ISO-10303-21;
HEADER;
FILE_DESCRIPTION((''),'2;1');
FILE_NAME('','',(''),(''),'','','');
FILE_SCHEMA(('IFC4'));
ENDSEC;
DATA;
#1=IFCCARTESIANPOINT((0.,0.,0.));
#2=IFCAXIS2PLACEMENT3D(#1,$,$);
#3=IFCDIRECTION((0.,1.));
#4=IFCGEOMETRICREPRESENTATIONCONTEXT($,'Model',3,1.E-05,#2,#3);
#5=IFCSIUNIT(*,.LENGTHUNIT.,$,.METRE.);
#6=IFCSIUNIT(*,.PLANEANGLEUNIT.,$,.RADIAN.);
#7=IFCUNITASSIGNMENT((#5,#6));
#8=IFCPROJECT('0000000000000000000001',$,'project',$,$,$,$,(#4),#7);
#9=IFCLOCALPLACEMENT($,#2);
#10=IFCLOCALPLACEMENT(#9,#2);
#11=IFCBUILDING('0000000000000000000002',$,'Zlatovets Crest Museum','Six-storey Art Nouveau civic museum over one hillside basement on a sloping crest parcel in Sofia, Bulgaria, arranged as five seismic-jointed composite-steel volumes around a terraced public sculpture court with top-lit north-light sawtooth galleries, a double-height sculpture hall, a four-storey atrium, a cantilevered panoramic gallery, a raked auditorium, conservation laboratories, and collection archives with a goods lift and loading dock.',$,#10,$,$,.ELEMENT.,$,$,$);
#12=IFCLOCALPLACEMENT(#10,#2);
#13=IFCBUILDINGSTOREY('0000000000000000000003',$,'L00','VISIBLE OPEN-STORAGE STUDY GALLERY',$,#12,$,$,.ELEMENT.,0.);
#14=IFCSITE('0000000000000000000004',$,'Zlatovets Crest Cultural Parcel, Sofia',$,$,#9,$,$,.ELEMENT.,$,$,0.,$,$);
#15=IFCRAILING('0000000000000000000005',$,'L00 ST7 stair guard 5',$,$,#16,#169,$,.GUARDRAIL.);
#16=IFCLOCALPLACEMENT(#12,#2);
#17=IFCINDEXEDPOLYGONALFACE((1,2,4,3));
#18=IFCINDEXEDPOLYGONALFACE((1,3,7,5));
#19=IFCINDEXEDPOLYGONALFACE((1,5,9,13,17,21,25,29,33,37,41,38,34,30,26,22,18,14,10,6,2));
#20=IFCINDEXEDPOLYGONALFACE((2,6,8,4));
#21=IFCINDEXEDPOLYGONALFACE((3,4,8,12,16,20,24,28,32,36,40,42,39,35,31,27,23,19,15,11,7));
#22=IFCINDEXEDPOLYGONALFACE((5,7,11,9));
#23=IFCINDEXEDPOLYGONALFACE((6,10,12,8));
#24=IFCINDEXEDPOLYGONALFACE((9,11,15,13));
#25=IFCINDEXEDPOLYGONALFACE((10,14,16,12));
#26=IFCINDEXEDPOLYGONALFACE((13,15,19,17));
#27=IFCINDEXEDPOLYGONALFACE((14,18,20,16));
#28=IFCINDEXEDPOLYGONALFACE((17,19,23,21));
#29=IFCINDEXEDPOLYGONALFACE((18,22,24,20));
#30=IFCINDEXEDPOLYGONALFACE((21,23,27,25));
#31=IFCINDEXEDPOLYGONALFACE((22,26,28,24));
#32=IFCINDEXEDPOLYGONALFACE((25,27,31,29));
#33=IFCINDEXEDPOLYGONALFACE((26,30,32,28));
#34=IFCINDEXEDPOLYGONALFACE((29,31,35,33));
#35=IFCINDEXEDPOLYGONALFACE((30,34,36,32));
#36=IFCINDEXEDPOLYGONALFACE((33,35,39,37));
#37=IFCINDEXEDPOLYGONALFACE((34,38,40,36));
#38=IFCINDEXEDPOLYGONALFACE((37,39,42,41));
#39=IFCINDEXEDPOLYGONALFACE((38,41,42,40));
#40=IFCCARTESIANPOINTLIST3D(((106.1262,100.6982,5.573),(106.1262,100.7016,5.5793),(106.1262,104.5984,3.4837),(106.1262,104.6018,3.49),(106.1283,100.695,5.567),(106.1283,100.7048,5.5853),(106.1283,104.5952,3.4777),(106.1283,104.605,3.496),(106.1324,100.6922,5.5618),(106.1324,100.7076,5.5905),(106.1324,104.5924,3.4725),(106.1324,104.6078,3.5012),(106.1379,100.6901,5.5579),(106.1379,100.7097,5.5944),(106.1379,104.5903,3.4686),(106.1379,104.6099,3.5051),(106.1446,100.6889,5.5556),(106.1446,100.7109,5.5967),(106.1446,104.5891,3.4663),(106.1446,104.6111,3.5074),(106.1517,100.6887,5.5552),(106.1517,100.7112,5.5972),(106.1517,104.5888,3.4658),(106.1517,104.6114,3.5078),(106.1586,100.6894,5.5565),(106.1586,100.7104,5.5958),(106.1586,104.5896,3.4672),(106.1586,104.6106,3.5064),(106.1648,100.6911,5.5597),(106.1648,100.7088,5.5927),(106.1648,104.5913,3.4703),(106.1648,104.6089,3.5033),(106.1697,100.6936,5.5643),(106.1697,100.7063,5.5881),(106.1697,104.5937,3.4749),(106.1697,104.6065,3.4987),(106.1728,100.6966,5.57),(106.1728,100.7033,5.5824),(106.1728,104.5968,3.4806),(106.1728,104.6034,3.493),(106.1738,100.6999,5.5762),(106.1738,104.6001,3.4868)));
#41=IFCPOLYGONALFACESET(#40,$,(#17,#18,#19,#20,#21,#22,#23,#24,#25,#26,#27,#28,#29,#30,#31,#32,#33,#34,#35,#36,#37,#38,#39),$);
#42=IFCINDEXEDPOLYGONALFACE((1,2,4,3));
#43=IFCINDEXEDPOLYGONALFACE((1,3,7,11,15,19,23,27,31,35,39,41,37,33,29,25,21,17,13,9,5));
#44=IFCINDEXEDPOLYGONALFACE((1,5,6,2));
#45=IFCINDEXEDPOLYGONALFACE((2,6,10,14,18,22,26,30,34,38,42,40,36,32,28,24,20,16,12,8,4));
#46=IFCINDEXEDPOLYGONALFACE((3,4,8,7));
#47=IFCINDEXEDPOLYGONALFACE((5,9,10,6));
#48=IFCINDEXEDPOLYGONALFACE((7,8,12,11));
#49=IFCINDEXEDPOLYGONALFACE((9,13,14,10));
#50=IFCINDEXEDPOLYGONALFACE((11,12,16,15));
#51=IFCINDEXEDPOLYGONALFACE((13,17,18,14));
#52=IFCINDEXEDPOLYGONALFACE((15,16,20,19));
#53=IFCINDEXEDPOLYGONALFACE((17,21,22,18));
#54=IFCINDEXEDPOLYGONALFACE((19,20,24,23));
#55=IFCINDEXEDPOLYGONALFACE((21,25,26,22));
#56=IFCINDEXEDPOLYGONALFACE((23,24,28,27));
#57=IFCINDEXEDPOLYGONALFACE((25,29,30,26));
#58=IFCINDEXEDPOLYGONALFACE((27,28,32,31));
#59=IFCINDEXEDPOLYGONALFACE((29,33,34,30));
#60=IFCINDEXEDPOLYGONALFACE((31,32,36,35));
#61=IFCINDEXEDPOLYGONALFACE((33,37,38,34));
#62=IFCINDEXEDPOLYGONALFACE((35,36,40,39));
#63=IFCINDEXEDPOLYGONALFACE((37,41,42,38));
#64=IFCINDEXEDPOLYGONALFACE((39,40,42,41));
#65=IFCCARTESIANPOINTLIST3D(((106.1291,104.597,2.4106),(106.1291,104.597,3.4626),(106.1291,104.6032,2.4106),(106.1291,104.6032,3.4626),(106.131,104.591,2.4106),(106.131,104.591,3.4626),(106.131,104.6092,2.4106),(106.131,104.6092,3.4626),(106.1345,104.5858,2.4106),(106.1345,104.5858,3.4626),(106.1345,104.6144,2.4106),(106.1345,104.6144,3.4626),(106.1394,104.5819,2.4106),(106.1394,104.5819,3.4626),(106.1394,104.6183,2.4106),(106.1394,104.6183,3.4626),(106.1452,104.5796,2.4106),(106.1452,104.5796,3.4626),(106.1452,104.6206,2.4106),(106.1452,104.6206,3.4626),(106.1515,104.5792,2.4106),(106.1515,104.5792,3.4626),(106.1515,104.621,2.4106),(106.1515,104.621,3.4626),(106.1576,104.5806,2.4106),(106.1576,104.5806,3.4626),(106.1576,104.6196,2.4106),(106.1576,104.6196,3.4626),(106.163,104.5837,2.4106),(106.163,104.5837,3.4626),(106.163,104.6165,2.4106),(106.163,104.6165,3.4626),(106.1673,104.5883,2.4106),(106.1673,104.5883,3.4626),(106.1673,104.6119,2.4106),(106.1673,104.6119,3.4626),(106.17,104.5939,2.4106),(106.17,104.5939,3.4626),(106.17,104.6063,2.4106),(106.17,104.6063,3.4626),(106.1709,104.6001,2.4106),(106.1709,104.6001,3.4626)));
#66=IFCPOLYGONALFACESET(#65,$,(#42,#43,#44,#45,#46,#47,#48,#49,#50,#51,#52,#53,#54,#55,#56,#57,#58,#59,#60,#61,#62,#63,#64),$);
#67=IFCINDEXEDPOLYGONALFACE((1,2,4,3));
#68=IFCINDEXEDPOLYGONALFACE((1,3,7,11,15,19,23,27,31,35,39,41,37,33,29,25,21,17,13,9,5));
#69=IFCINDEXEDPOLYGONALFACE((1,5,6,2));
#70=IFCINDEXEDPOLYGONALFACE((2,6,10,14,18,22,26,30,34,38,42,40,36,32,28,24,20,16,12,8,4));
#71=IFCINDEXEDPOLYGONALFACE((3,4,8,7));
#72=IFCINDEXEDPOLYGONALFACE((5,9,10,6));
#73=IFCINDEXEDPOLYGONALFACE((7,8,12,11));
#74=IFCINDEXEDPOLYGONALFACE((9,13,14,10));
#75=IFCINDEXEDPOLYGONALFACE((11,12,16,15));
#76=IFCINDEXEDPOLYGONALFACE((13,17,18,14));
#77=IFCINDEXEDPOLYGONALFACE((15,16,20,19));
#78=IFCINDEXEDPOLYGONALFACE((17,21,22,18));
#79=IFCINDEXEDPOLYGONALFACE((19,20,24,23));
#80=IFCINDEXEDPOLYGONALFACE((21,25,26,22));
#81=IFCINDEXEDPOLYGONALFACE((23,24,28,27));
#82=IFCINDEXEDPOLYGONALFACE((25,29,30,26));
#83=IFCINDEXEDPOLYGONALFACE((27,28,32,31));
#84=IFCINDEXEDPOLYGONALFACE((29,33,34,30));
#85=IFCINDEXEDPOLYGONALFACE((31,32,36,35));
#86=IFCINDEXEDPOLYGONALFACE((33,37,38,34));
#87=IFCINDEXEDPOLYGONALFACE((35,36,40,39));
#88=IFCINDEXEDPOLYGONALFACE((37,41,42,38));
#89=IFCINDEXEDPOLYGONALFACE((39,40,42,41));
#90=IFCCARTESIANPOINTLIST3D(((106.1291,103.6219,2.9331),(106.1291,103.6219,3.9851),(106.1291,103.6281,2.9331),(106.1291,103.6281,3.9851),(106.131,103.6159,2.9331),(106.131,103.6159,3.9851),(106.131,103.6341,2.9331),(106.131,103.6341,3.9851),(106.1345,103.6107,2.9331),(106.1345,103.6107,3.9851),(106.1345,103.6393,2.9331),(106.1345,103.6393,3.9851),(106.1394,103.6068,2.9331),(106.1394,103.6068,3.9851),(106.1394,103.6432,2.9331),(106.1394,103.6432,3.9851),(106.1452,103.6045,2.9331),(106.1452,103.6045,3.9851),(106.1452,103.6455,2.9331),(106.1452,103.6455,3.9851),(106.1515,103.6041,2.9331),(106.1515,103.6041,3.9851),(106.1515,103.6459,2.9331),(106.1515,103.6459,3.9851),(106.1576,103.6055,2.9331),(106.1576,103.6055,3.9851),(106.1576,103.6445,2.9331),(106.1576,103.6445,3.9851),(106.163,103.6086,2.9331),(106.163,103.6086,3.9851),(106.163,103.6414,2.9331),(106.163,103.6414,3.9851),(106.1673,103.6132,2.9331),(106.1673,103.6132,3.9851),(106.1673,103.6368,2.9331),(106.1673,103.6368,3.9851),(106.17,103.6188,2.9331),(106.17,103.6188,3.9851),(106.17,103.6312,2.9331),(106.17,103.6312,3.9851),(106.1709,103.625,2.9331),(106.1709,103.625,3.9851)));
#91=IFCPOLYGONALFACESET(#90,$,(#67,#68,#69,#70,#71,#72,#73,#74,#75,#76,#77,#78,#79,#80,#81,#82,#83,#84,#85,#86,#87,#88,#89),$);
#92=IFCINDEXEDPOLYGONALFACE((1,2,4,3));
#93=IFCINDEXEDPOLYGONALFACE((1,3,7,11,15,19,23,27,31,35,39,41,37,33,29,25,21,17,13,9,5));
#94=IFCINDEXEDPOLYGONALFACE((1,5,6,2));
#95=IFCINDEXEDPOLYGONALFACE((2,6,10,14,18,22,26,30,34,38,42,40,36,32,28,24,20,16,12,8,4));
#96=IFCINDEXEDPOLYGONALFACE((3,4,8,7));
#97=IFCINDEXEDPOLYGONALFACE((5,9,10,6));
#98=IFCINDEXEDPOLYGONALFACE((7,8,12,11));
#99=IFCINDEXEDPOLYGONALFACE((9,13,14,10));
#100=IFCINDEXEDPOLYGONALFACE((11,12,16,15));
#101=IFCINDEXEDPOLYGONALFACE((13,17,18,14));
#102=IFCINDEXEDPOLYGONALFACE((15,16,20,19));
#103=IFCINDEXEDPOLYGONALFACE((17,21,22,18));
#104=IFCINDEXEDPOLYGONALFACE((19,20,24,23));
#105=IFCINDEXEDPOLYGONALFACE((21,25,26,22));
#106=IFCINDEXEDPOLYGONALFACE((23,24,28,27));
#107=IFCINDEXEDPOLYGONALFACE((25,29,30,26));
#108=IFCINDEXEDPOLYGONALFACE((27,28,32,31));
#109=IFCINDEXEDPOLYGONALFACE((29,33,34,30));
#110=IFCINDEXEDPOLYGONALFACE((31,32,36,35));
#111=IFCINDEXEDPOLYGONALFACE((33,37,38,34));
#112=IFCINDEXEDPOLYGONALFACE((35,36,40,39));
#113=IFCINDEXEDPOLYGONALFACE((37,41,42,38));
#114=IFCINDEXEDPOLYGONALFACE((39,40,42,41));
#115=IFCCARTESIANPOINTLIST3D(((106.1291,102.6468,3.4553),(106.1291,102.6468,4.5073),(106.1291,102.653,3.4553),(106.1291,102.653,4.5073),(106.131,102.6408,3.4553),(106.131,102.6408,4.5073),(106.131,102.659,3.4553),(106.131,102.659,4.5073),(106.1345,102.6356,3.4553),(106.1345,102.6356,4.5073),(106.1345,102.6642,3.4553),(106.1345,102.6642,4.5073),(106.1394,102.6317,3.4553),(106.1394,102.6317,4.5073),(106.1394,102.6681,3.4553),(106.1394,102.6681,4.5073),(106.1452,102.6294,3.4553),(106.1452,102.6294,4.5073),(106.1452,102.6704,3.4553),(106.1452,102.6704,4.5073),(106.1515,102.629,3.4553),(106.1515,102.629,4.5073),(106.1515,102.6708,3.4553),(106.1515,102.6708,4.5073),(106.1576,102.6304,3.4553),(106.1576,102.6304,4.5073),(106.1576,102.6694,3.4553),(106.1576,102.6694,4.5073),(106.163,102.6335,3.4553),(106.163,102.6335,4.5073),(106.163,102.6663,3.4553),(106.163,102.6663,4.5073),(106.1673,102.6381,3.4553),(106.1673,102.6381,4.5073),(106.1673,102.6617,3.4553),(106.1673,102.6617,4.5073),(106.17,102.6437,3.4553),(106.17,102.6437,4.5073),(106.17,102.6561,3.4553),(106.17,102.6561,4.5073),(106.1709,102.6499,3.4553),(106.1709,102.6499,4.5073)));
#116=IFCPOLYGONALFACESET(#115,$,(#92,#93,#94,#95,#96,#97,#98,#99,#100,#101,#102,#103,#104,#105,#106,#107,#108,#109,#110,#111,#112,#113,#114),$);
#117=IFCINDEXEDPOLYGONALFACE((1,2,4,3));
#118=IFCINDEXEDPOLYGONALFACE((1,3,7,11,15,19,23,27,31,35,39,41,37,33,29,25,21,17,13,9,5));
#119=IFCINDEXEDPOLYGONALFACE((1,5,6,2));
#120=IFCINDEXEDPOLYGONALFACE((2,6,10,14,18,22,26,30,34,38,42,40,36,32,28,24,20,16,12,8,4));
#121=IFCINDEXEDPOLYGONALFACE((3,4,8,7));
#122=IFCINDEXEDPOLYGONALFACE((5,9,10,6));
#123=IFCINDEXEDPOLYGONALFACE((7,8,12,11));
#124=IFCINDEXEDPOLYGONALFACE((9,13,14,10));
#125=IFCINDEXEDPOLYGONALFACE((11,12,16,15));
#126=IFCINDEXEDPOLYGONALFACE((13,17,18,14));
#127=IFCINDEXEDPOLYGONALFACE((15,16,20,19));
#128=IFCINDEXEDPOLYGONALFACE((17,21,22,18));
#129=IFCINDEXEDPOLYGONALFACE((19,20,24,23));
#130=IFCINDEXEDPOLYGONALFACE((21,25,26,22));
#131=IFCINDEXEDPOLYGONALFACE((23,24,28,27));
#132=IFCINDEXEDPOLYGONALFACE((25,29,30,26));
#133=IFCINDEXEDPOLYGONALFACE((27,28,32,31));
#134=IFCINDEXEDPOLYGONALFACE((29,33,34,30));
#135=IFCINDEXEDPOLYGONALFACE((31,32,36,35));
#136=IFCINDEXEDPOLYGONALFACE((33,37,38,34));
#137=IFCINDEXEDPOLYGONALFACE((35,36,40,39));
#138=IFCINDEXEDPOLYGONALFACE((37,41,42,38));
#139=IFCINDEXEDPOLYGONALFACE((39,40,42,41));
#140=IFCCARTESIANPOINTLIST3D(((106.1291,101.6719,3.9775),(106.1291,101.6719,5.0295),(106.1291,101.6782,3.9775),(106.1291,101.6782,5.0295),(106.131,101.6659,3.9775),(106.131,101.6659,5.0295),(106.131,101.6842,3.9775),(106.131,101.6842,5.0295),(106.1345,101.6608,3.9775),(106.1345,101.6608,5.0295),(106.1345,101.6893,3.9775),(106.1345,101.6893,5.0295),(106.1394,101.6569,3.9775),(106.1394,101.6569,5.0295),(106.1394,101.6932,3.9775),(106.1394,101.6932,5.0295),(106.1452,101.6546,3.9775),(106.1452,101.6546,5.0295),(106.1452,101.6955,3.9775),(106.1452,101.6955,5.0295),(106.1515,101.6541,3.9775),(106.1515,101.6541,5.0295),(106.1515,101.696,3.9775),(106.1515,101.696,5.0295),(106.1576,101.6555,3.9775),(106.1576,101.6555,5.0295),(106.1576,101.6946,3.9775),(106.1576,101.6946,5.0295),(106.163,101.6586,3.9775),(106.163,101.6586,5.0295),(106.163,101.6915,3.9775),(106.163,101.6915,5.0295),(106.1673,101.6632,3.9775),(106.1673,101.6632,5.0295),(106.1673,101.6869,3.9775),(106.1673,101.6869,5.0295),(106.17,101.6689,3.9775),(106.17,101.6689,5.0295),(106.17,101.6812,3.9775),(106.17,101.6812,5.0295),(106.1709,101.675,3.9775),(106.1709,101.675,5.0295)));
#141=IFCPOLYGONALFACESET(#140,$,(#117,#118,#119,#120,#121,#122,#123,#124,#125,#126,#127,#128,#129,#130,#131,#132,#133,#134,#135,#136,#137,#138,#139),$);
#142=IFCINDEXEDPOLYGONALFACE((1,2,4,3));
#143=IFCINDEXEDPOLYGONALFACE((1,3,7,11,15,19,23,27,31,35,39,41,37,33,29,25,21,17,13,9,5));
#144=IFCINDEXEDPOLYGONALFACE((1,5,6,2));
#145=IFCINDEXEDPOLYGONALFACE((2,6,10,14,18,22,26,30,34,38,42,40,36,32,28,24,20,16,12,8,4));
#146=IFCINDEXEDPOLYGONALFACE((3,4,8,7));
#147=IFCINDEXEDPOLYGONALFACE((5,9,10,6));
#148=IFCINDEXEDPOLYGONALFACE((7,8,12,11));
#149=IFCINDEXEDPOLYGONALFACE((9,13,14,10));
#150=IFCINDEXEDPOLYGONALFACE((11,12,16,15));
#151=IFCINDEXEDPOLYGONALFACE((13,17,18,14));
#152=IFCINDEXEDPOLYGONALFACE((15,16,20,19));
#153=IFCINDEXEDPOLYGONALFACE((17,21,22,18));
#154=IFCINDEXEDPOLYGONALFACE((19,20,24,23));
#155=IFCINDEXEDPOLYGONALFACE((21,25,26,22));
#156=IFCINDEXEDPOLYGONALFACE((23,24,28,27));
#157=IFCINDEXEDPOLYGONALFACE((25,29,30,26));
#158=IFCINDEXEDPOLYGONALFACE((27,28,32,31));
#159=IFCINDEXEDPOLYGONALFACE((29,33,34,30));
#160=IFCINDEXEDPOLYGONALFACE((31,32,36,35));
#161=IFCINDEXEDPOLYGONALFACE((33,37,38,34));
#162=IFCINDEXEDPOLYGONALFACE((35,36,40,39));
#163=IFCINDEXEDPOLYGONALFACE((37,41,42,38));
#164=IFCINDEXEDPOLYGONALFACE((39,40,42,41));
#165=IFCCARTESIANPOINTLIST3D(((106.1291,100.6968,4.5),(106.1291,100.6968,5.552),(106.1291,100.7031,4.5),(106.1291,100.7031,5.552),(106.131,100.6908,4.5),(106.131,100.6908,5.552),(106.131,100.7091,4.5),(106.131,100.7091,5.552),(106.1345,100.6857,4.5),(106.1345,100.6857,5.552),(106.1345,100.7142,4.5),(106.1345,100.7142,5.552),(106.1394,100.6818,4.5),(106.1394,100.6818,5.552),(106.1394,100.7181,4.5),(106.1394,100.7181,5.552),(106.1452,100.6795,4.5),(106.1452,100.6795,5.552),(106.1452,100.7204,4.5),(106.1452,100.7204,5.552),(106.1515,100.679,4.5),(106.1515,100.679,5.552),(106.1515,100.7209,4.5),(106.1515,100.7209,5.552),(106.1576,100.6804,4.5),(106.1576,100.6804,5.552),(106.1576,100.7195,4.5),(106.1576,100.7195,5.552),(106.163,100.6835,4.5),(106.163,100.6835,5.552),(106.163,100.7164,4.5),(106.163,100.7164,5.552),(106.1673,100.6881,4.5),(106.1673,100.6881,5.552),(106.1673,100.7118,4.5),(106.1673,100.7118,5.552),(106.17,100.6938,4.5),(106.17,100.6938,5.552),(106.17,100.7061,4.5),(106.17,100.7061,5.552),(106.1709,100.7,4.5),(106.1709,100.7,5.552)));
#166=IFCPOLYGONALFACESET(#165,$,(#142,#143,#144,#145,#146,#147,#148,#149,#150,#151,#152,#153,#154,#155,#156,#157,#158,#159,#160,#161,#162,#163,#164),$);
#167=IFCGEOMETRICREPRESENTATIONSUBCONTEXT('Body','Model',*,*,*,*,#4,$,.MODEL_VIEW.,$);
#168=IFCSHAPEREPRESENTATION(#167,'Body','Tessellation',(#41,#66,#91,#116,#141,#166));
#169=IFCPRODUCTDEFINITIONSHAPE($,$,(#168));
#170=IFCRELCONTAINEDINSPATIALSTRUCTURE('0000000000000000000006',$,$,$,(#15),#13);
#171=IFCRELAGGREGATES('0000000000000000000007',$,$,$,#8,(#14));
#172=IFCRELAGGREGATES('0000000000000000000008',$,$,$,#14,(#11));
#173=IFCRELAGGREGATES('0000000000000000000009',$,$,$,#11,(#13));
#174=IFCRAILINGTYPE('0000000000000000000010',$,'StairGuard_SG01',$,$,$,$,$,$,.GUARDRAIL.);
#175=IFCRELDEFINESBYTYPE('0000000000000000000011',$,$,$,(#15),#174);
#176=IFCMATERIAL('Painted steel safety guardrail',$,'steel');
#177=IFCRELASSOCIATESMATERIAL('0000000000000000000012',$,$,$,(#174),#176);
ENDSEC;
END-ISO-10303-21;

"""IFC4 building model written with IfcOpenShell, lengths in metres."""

from ifc_helpers import new_model, si_unit, direction, frame, origin, origin_2d, place, context, subcontext, project, spatial, circle, extrude, material, type_object, element, save


model = new_model("IFC4")

# Units and contexts
model_context = context("Model", 3, precision=1e-05, world=origin(), true_north=direction((0.0, 1.0)))
body_context = subcontext(model_context, "Body", "Model", "MODEL_VIEW")
ifc_project = project(units=[si_unit("LENGTHUNIT", "METRE"), si_unit("PLANEANGLEUNIT", "RADIAN")], contexts=[model_context])

# Site, building, storey
site_placement = place(None, origin())
site = spatial("IfcSite", under=ifc_project, at=site_placement, Name="Zlatovets Crest Cultural Parcel, Sofia", CompositionType="ELEMENT", RefElevation=0.0)
building_placement = place(site_placement, origin())
building = spatial("IfcBuilding", under=site, at=building_placement, Name="Zlatovets Crest Museum", Description="Six-storey Art Nouveau civic museum over one hillside basement on a sloping crest parcel in Sofia, Bulgaria, arranged as five seismic-jointed composite-steel volumes around a terraced public sculpture court with top-lit north-light sawtooth galleries, a double-height sculpture hall, a four-storey atrium, a cantilevered panoramic gallery, a raked auditorium, conservation laboratories, and collection archives with a goods lift and loading dock.", CompositionType="ELEMENT")
storey_placement = place(building_placement, origin())
storey = spatial("IfcBuildingStorey", under=building, at=storey_placement, Name="L00", Description="VISIBLE OPEN-STORAGE STUDY GALLERY", CompositionType="ELEMENT", Elevation=0.0)

# Railing
ifc_material_1 = material(Name="Painted steel safety guardrail", Category="steel")
railing_type_1 = type_object("IfcRailingType", Name="StairGuard_SG01", PredefinedType="GUARDRAIL", material=ifc_material_1)
railing_1_placement = place(storey_placement, frame((106.1499, 104.6001, 2.4106)))
element("IfcRailing", 1, at=railing_1_placement, inside=storey, type_object=railing_type_1, Name="L00 ST7 stair guard 5", PredefinedType="GUARDRAIL", context=body_context, shape_type="SweptSolid", body=[
    extrude(circle(Radius=0.0239, at=origin_2d()), frame((0.0, 0.0, 1.0762), z_axis=(0.0, -0.881481, 0.47222), x_axis=(1.0, 0.0, 0.0)), (0.0, 0.0, 1.0), 4.4246),
    extrude(circle(Radius=0.021, at=origin_2d()), origin(), (0.0, 0.0, 1.0), 1.052),
    extrude(circle(Radius=0.021, at=origin_2d()), frame((0.0, -0.9751, 0.5225)), (0.0, 0.0, 1.0), 1.052),
    extrude(circle(Radius=0.021, at=origin_2d()), frame((0.0, -1.9502, 1.0447)), (0.0, 0.0, 1.0), 1.052),
    extrude(circle(Radius=0.021, at=origin_2d()), frame((0.0, -2.925, 1.5669)), (0.0, 0.0, 1.0), 1.052),
    extrude(circle(Radius=0.021, at=origin_2d()), frame((0.0, -3.9001, 2.0894)), (0.0, 0.0, 1.0), 1.052),
])

save(model, "model.ifc")
